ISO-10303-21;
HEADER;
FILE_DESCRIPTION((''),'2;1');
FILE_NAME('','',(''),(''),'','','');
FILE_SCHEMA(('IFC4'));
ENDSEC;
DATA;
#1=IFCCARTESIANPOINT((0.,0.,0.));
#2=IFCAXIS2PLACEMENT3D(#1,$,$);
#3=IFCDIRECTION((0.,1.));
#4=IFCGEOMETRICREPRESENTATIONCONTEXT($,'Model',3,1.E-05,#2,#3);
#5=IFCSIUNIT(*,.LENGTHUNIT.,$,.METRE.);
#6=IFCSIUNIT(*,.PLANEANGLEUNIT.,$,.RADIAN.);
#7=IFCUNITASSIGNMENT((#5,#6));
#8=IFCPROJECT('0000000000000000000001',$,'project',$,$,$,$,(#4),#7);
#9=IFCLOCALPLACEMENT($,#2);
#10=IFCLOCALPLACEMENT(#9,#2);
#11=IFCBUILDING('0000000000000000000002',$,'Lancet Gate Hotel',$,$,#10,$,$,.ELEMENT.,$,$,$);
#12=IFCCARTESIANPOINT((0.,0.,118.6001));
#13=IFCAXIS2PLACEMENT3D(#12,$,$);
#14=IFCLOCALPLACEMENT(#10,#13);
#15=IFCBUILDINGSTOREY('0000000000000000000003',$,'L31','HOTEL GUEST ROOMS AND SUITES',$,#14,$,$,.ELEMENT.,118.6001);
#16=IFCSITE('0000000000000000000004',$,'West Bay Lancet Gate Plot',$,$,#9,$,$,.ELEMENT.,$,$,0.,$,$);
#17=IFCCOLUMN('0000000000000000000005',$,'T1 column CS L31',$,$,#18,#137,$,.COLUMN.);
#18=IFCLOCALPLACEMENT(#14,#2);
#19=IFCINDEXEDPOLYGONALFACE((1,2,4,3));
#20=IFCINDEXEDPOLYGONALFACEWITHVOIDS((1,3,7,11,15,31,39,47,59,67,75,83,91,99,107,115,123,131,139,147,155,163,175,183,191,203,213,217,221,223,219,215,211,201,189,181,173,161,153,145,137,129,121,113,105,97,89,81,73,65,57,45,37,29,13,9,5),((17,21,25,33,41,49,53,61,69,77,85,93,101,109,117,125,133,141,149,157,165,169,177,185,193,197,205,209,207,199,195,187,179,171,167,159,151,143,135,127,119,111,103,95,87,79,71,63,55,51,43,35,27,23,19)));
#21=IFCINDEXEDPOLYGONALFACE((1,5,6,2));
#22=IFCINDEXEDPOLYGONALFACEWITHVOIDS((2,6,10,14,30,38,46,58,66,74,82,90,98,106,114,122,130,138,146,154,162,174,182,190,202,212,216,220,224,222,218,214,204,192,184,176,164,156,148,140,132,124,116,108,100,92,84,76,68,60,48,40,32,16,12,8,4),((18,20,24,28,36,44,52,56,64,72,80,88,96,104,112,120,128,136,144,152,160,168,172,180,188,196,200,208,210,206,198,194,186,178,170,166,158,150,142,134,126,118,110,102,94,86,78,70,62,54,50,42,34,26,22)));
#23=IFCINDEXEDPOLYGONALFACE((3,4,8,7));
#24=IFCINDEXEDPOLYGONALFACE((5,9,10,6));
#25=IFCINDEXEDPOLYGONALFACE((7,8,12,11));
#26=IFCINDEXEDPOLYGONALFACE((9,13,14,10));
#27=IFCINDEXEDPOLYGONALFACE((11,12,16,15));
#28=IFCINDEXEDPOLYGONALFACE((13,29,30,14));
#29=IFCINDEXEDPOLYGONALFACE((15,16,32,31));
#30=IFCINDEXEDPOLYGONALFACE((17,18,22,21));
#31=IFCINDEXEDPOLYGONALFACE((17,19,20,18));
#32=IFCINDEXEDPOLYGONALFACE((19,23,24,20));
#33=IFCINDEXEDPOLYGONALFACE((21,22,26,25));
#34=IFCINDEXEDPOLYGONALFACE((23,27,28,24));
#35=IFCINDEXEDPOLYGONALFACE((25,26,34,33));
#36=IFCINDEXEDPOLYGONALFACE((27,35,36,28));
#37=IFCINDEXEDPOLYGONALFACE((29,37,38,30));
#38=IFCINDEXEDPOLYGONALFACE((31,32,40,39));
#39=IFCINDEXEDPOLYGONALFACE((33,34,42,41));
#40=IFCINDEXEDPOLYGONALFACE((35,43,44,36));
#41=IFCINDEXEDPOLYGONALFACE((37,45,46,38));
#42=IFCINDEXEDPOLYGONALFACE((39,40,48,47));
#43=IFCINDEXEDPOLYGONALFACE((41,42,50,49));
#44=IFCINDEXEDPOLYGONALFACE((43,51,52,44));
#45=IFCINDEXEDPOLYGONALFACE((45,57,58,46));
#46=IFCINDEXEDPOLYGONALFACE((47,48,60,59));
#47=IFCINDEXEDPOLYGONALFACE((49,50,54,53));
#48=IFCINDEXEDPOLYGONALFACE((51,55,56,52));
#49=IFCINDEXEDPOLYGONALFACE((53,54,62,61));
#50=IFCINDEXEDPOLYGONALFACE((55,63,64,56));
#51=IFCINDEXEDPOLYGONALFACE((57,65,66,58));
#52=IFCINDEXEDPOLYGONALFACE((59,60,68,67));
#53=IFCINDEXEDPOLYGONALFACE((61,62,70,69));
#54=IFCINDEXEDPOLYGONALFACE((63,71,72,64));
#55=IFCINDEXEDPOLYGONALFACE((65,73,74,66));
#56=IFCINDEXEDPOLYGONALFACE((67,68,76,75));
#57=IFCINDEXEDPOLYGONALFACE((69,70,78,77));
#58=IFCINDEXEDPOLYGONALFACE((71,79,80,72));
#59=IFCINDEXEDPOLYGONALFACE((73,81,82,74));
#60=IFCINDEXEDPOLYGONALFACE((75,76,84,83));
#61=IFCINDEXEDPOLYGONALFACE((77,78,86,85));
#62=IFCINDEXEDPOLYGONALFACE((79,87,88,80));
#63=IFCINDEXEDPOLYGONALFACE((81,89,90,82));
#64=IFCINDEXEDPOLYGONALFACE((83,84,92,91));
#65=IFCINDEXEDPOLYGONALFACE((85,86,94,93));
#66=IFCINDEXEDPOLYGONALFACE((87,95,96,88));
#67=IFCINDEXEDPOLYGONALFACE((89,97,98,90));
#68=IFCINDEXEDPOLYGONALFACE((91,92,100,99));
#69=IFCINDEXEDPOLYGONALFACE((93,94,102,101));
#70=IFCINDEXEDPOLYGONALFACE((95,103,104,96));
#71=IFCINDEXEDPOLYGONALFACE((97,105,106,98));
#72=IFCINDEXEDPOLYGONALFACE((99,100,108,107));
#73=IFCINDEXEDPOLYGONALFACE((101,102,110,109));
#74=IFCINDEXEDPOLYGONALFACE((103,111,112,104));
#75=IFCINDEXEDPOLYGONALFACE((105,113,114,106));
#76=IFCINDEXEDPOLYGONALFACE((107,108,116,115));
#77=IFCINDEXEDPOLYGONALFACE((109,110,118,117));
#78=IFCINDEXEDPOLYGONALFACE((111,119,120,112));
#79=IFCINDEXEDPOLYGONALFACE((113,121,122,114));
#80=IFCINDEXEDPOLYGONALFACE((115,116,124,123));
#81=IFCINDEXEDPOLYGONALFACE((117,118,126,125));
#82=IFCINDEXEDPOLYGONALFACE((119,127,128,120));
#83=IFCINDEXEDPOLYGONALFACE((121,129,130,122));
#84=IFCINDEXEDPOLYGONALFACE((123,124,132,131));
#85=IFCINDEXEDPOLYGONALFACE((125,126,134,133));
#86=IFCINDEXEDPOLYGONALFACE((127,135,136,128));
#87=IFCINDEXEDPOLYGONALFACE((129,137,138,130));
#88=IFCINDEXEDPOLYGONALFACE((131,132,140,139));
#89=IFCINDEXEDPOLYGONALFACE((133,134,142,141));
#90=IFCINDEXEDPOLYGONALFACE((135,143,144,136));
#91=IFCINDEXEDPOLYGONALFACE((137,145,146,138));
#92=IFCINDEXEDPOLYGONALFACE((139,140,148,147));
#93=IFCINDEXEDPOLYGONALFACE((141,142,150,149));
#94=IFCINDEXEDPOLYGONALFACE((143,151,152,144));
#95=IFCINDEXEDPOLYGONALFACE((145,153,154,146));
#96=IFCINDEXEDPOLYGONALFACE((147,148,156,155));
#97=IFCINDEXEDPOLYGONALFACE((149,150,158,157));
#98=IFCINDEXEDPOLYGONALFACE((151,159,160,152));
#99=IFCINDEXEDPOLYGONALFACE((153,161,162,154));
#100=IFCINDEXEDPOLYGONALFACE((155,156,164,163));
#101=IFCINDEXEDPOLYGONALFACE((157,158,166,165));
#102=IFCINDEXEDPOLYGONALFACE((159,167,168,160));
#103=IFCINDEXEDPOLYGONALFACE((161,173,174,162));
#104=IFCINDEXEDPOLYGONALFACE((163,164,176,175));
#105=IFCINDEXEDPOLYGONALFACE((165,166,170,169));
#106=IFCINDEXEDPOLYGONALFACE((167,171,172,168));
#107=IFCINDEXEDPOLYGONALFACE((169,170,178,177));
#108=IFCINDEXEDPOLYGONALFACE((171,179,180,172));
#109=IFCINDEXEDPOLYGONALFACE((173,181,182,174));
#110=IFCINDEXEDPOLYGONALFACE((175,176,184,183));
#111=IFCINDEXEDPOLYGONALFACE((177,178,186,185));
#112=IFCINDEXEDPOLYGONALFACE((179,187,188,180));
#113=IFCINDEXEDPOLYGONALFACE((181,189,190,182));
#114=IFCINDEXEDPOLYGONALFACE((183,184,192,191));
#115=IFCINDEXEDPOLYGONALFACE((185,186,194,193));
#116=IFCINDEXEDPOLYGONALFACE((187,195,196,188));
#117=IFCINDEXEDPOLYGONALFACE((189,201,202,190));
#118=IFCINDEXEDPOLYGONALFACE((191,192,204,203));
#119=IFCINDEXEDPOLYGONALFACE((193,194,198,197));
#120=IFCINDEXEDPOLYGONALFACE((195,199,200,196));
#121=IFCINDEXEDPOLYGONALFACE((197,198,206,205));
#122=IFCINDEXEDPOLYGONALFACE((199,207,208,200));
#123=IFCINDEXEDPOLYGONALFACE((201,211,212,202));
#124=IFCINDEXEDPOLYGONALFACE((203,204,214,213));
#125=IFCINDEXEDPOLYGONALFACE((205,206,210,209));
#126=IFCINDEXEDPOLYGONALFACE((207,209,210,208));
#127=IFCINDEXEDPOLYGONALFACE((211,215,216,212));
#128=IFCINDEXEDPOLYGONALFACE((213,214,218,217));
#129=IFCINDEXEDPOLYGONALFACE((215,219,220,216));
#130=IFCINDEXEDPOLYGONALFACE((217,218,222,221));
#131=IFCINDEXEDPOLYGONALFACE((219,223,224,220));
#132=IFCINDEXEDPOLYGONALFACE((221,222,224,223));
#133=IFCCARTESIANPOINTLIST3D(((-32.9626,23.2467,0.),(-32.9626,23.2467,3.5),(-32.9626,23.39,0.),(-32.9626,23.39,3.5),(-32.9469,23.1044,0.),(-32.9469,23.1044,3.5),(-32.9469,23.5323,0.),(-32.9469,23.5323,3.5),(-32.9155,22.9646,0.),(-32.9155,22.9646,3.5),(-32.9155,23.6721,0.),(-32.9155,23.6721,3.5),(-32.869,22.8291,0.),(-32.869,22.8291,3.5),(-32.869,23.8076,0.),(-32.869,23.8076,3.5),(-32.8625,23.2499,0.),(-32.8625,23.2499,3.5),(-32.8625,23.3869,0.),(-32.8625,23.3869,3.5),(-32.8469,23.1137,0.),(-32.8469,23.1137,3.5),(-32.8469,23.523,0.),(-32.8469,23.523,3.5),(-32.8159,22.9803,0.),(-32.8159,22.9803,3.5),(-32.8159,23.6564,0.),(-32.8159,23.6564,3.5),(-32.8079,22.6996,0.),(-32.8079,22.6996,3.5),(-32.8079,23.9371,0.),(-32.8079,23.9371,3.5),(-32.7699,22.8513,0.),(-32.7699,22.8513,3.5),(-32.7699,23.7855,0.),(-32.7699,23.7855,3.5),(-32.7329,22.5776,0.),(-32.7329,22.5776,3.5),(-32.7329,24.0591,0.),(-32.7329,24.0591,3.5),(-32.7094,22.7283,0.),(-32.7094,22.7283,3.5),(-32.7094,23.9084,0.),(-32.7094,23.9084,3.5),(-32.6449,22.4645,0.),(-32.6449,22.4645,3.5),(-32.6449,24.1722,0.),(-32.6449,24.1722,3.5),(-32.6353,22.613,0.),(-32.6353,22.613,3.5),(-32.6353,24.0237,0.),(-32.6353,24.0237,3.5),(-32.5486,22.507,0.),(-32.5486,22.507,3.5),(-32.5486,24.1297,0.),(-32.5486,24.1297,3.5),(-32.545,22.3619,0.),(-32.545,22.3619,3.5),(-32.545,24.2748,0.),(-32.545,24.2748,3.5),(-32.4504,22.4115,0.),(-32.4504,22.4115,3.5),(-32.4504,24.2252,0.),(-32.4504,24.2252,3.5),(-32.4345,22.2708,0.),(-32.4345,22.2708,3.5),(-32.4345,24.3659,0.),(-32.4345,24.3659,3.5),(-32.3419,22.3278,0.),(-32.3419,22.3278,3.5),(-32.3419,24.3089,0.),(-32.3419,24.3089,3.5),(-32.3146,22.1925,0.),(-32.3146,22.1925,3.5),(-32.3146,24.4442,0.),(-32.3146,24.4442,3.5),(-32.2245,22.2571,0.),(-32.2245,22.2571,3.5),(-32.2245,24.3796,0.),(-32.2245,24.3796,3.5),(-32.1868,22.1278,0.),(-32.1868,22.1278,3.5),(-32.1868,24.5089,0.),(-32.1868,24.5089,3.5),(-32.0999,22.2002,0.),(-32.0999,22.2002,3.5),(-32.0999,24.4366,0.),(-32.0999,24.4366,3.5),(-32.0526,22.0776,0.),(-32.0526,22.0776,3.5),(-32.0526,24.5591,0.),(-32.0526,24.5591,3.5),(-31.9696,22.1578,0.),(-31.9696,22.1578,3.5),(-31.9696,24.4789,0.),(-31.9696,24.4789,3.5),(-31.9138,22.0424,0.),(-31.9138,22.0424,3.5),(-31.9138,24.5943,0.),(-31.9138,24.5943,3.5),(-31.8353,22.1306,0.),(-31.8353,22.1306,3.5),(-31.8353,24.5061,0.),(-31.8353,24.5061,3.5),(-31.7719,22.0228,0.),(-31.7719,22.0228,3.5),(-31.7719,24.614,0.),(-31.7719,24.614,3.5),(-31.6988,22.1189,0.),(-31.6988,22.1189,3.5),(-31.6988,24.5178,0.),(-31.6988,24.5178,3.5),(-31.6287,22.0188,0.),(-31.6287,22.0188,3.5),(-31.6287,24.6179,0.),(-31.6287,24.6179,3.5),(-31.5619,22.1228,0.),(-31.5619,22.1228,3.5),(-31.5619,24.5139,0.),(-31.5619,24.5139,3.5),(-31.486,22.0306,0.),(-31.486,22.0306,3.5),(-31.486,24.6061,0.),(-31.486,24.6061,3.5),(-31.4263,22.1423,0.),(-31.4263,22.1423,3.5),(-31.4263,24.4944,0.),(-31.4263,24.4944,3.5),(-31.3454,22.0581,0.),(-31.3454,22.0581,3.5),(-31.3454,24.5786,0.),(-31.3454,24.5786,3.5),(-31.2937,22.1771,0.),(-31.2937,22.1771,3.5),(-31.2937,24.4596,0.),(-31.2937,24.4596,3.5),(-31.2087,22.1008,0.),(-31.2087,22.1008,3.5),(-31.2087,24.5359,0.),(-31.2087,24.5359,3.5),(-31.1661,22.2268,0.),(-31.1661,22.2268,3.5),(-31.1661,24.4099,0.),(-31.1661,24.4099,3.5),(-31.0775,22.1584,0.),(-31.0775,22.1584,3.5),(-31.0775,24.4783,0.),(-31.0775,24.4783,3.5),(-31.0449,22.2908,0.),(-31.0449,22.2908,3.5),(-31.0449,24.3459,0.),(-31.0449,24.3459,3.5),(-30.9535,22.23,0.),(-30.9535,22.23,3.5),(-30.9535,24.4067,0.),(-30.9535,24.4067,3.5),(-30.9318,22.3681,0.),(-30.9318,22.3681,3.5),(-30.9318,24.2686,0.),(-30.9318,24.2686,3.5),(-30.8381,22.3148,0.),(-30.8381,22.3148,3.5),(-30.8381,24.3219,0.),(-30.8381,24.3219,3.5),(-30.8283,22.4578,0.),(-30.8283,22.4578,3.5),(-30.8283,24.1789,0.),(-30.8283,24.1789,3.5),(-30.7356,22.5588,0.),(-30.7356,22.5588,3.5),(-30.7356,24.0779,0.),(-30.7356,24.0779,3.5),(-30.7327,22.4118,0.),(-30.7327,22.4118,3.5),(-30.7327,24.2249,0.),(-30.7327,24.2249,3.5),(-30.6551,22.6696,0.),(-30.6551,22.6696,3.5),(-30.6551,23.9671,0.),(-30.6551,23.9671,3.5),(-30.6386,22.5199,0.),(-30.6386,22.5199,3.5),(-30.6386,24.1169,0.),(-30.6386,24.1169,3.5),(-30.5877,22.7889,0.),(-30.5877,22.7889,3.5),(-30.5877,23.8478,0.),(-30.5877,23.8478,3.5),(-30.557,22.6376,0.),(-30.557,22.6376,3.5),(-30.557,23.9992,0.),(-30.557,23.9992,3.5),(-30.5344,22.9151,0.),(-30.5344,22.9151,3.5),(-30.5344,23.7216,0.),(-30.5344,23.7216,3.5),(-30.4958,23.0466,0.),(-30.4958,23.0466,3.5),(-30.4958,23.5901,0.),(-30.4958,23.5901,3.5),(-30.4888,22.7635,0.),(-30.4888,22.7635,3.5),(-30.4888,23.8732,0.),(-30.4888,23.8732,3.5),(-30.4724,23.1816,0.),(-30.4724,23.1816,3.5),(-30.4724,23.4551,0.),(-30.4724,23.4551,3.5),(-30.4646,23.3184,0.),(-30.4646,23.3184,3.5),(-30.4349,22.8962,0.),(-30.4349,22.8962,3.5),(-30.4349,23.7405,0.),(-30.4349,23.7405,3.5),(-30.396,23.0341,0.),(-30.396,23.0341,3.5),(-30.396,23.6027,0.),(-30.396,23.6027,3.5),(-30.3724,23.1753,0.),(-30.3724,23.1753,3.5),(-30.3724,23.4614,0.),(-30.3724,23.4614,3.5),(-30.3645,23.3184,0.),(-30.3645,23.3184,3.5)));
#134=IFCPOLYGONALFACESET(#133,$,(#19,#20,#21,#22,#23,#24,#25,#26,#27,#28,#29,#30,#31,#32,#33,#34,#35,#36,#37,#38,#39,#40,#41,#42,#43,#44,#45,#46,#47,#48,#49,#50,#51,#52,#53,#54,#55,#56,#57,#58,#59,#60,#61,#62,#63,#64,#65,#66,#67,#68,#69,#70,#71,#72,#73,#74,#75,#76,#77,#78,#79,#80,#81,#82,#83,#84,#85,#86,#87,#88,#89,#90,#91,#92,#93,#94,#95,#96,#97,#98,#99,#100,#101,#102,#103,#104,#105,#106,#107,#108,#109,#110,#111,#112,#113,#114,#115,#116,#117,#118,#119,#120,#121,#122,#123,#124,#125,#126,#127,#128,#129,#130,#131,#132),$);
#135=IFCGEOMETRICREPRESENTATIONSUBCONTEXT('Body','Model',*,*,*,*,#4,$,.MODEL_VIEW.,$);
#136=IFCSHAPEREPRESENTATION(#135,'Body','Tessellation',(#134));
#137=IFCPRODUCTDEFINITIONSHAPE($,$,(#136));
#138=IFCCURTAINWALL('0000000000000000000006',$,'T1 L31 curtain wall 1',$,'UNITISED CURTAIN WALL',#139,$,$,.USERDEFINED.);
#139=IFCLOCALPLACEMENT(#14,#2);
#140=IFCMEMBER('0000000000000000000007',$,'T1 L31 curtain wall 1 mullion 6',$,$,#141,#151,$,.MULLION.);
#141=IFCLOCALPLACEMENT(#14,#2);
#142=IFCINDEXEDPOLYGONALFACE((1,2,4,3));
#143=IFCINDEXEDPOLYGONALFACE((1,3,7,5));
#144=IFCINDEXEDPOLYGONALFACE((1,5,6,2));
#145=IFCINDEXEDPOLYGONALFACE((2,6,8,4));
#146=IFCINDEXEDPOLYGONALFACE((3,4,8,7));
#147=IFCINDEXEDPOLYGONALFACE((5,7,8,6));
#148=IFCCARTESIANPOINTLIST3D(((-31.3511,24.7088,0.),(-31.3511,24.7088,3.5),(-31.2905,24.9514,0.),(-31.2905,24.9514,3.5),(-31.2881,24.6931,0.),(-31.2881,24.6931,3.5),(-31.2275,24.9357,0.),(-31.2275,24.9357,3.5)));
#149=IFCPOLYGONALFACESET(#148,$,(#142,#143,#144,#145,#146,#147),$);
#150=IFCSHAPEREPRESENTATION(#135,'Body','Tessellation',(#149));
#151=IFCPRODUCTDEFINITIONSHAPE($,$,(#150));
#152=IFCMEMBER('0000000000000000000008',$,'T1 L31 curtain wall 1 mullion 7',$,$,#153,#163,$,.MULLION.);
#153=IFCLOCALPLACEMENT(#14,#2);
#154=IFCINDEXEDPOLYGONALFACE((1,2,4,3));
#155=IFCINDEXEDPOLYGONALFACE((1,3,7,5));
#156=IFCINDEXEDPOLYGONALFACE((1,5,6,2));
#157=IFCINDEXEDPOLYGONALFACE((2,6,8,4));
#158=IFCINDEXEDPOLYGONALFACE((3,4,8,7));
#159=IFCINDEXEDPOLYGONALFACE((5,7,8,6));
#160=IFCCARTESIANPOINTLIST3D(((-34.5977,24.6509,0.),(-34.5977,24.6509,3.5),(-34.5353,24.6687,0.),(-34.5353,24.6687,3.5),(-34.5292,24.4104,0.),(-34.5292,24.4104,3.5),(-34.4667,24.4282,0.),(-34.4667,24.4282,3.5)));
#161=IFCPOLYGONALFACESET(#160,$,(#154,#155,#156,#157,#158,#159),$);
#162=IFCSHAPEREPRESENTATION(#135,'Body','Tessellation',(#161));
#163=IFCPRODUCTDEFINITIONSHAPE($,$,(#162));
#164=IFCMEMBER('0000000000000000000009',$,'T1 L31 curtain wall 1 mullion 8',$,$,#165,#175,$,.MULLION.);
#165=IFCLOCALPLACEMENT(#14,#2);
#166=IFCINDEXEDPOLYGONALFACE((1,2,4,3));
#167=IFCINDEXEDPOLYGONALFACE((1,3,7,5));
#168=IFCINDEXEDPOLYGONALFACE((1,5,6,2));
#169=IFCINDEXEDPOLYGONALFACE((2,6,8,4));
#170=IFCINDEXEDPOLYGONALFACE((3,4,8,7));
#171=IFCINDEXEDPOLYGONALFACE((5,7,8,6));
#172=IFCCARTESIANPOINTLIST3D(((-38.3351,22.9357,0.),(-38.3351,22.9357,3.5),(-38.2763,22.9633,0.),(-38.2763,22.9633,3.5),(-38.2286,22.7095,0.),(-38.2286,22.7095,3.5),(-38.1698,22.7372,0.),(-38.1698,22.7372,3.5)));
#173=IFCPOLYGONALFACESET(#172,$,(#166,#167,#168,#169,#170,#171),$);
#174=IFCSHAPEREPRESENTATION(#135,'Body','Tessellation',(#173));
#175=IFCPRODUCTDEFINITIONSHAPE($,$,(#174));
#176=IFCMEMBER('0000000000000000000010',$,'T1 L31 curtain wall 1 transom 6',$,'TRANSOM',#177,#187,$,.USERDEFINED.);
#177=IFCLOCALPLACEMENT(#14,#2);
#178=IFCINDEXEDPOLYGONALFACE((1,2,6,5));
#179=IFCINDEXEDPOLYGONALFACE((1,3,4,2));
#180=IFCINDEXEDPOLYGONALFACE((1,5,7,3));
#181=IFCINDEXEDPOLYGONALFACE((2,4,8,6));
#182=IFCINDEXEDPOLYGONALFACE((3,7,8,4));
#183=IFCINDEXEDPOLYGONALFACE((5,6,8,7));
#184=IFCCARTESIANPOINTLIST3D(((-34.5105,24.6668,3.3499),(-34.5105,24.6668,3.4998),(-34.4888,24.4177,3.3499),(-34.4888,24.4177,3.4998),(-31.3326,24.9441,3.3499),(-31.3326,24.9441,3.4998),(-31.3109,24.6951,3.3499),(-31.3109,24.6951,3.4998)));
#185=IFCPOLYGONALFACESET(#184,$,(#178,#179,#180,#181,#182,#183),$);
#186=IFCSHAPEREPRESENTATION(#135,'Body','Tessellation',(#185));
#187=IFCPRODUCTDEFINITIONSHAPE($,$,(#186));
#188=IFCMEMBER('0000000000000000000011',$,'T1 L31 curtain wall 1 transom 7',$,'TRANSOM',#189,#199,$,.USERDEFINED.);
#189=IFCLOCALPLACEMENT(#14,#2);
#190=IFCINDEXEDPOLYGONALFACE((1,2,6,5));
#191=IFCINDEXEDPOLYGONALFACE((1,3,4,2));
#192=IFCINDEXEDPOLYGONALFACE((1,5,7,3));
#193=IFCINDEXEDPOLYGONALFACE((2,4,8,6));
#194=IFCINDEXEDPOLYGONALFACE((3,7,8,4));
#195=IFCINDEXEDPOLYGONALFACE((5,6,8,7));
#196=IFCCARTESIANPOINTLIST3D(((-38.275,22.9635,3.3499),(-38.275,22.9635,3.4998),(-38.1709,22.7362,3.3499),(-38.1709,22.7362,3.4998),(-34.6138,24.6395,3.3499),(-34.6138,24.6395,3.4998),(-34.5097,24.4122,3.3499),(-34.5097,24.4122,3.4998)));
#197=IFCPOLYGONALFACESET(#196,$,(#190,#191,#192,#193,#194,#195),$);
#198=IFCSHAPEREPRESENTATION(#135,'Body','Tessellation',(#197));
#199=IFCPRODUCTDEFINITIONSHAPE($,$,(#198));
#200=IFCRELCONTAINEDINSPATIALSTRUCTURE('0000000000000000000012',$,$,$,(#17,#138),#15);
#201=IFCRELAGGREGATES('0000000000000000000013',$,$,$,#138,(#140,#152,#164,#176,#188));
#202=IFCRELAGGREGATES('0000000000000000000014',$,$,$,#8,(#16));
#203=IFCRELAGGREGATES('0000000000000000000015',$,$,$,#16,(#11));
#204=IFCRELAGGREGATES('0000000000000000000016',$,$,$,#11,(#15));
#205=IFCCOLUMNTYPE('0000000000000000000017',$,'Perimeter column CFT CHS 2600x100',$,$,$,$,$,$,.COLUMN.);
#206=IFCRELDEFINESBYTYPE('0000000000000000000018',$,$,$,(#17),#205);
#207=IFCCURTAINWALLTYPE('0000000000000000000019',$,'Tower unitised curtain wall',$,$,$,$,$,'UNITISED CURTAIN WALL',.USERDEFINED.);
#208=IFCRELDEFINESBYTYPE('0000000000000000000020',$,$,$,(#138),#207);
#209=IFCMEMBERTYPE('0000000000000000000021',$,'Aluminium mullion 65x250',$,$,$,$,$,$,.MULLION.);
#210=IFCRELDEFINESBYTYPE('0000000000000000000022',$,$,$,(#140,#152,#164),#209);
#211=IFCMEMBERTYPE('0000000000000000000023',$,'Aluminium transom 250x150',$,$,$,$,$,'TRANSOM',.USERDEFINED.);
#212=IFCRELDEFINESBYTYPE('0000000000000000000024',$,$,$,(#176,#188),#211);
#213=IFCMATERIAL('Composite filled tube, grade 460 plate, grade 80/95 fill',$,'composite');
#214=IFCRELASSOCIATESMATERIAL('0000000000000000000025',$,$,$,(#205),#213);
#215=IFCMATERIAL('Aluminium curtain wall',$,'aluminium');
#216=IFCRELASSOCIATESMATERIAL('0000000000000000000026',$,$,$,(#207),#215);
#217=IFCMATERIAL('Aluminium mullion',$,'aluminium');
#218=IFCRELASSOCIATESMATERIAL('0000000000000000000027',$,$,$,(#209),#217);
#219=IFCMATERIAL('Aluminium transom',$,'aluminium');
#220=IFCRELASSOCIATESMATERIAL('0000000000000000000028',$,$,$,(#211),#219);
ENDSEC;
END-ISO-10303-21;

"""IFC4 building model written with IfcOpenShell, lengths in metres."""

from ifc_helpers import new_model, si_unit, direction, frame, origin, origin_2d, place, context, subcontext, project, spatial, rectangle, hollow_circle, extrude, material, material_profile, profile_set, type_object, element, aggregate, save


model = new_model("IFC4")

# Units and contexts
model_context = context("Model", 3, precision=1e-05, world=origin(), true_north=direction((0.0, 1.0)))
body_context = subcontext(model_context, "Body", "Model", "MODEL_VIEW")
ifc_project = project(units=[si_unit("LENGTHUNIT", "METRE"), si_unit("PLANEANGLEUNIT", "RADIAN")], contexts=[model_context])

# Site, building, storey
site_placement = place(None, origin())
site = spatial("IfcSite", under=ifc_project, at=site_placement, Name="West Bay Lancet Gate Plot", CompositionType="ELEMENT", RefElevation=0.0)
building_placement = place(site_placement, origin())
building = spatial("IfcBuilding", under=site, at=building_placement, Name="Lancet Gate Hotel", CompositionType="ELEMENT")
storey_placement = place(building_placement, frame((0.0, 0.0, 118.6001)))
storey = spatial("IfcBuildingStorey", under=building, at=storey_placement, Name="L31", Description="HOTEL GUEST ROOMS AND SUITES", CompositionType="ELEMENT", Elevation=118.6001)

# Column
ifc_material_1 = material(Name="Composite filled tube, grade 460 plate, grade 80/95 fill", Category="composite")
ifc_material_profile_1 = material_profile(ifc_material_1, hollow_circle(Radius=1.3, WallThickness=0.1001, at=origin_2d()), Name="CHS 2600x100")
ifc_profile_set_1 = profile_set([ifc_material_profile_1], Name="Composite filled tube, grade 460 plate, grade 80/95 fill")
column_type = type_object("IfcColumnType", Name="Perimeter column CFT CHS 2600x100", PredefinedType="COLUMN", material=ifc_profile_set_1)
column_placement = place(storey_placement, frame((-31.6646, 23.3184, 0.0), z_axis=(0.0, 0.0, 1.0), x_axis=(1.0, 0.0, 0.0)))
element("IfcColumn", 1, at=column_placement, inside=storey, type_object=column_type, Name="T1 column CS L31", PredefinedType="COLUMN", context=body_context, shape_type="SweptSolid", body=[
    extrude(hollow_circle(Radius=1.3, WallThickness=0.1001, at=origin_2d()), origin(), (0.0, 0.0, 1.0), 3.5),
])

# Curtain wall, members
ifc_material_2 = material(Name="Aluminium curtain wall", Category="aluminium")
curtain_wall_type = type_object("IfcCurtainWallType", Name="Tower unitised curtain wall", ElementType="UNITISED CURTAIN WALL", PredefinedType="USERDEFINED", material=ifc_material_2)
curtain_wall_placement = place(storey_placement, origin())
curtain_wall = element("IfcCurtainWall", 2, at=curtain_wall_placement, inside=storey, type_object=curtain_wall_type, Name="T1 L31 curtain wall 1", ObjectType="UNITISED CURTAIN WALL", PredefinedType="USERDEFINED")
ifc_material_3 = material(Name="Aluminium mullion", Category="aluminium")
ifc_material_profile_2 = material_profile(ifc_material_3, rectangle(XDim=0.0649, YDim=0.25, at=origin_2d()), Name="MULLION 65x250")
ifc_profile_set_2 = profile_set([ifc_material_profile_2], Name="Aluminium mullion")
member_type_1 = type_object("IfcMemberType", Name="Aluminium mullion 65x250", PredefinedType="MULLION", material=ifc_profile_set_2)
member_1_placement = place(storey_placement, frame((-31.2893, 24.8223, 0.0), z_axis=(0.0, 0.0, 1.0), x_axis=(-0.970242, 0.242137, 0.0)))
member_1 = element("IfcMember", 3, at=member_1_placement, type_object=member_type_1, Name="T1 L31 curtain wall 1 mullion 6", PredefinedType="MULLION", context=body_context, shape_type="SweptSolid", body=[
    extrude(rectangle(XDim=0.0649, YDim=0.25, at=origin_2d()), origin(), (0.0, 0.0, 1.0), 3.5),
])
member_2_placement = place(storey_placement, frame((-34.5322, 24.5396, 0.0), z_axis=(0.0, 0.0, 1.0), x_axis=(-0.961653, -0.274268, 0.0)))
member_2 = element("IfcMember", 4, at=member_2_placement, type_object=member_type_1, Name="T1 L31 curtain wall 1 mullion 7", PredefinedType="MULLION", context=body_context, shape_type="SweptSolid", body=[
    extrude(rectangle(XDim=0.0649, YDim=0.25, at=origin_2d()), origin(), (0.0, 0.0, 1.0), 3.5),
])
member_3_placement = place(storey_placement, frame((-38.2524, 22.8364, 0.0), z_axis=(0.0, 0.0, 1.0), x_axis=(-0.90472, -0.426008, 0.0)))
member_3 = element("IfcMember", 5, at=member_3_placement, type_object=member_type_1, Name="T1 L31 curtain wall 1 mullion 8", PredefinedType="MULLION", context=body_context, shape_type="SweptSolid", body=[
    extrude(rectangle(XDim=0.0649, YDim=0.25, at=origin_2d()), origin(), (0.0, 0.0, 1.0), 3.5),
])
ifc_material_4 = material(Name="Aluminium transom", Category="aluminium")
ifc_material_profile_3 = material_profile(ifc_material_4, rectangle(XDim=0.25, YDim=0.1499, at=origin_2d()), Name="TRANSOM 250x150")
ifc_profile_set_3 = profile_set([ifc_material_profile_3], Name="Aluminium transom")
member_type_2 = type_object("IfcMemberType", Name="Aluminium transom 250x150", ElementType="TRANSOM", PredefinedType="USERDEFINED", material=ifc_profile_set_3)
member_4_placement = place(storey_placement, frame((-31.3218, 24.8196, 3.4248), z_axis=(-0.996214, -0.08694, 0.0), x_axis=(0.08694, -0.996214, 0.0)))
member_4 = element("IfcMember", 6, at=member_4_placement, type_object=member_type_2, Name="T1 L31 curtain wall 1 transom 6", ObjectType="TRANSOM", PredefinedType="USERDEFINED", context=body_context, shape_type="SweptSolid", body=[
    extrude(rectangle(XDim=0.25, YDim=0.1499, at=origin_2d()), origin(), (0.0, 0.0, 1.0), 3.1899),
])
member_5_placement = place(storey_placement, frame((-34.5618, 24.5259, 3.4248), z_axis=(-0.909252, -0.416245, 0.0), x_axis=(0.416245, -0.909252, 0.0)))
member_5 = element("IfcMember", 7, at=member_5_placement, type_object=member_type_2, Name="T1 L31 curtain wall 1 transom 7", ObjectType="TRANSOM", PredefinedType="USERDEFINED", context=body_context, shape_type="SweptSolid", body=[
    extrude(rectangle(XDim=0.25, YDim=0.1499, at=origin_2d()), origin(), (0.0, 0.0, 1.0), 4.0266),
])

aggregate(curtain_wall, [member_1, member_2, member_3, member_4, member_5])

save(model, "model.ifc")
